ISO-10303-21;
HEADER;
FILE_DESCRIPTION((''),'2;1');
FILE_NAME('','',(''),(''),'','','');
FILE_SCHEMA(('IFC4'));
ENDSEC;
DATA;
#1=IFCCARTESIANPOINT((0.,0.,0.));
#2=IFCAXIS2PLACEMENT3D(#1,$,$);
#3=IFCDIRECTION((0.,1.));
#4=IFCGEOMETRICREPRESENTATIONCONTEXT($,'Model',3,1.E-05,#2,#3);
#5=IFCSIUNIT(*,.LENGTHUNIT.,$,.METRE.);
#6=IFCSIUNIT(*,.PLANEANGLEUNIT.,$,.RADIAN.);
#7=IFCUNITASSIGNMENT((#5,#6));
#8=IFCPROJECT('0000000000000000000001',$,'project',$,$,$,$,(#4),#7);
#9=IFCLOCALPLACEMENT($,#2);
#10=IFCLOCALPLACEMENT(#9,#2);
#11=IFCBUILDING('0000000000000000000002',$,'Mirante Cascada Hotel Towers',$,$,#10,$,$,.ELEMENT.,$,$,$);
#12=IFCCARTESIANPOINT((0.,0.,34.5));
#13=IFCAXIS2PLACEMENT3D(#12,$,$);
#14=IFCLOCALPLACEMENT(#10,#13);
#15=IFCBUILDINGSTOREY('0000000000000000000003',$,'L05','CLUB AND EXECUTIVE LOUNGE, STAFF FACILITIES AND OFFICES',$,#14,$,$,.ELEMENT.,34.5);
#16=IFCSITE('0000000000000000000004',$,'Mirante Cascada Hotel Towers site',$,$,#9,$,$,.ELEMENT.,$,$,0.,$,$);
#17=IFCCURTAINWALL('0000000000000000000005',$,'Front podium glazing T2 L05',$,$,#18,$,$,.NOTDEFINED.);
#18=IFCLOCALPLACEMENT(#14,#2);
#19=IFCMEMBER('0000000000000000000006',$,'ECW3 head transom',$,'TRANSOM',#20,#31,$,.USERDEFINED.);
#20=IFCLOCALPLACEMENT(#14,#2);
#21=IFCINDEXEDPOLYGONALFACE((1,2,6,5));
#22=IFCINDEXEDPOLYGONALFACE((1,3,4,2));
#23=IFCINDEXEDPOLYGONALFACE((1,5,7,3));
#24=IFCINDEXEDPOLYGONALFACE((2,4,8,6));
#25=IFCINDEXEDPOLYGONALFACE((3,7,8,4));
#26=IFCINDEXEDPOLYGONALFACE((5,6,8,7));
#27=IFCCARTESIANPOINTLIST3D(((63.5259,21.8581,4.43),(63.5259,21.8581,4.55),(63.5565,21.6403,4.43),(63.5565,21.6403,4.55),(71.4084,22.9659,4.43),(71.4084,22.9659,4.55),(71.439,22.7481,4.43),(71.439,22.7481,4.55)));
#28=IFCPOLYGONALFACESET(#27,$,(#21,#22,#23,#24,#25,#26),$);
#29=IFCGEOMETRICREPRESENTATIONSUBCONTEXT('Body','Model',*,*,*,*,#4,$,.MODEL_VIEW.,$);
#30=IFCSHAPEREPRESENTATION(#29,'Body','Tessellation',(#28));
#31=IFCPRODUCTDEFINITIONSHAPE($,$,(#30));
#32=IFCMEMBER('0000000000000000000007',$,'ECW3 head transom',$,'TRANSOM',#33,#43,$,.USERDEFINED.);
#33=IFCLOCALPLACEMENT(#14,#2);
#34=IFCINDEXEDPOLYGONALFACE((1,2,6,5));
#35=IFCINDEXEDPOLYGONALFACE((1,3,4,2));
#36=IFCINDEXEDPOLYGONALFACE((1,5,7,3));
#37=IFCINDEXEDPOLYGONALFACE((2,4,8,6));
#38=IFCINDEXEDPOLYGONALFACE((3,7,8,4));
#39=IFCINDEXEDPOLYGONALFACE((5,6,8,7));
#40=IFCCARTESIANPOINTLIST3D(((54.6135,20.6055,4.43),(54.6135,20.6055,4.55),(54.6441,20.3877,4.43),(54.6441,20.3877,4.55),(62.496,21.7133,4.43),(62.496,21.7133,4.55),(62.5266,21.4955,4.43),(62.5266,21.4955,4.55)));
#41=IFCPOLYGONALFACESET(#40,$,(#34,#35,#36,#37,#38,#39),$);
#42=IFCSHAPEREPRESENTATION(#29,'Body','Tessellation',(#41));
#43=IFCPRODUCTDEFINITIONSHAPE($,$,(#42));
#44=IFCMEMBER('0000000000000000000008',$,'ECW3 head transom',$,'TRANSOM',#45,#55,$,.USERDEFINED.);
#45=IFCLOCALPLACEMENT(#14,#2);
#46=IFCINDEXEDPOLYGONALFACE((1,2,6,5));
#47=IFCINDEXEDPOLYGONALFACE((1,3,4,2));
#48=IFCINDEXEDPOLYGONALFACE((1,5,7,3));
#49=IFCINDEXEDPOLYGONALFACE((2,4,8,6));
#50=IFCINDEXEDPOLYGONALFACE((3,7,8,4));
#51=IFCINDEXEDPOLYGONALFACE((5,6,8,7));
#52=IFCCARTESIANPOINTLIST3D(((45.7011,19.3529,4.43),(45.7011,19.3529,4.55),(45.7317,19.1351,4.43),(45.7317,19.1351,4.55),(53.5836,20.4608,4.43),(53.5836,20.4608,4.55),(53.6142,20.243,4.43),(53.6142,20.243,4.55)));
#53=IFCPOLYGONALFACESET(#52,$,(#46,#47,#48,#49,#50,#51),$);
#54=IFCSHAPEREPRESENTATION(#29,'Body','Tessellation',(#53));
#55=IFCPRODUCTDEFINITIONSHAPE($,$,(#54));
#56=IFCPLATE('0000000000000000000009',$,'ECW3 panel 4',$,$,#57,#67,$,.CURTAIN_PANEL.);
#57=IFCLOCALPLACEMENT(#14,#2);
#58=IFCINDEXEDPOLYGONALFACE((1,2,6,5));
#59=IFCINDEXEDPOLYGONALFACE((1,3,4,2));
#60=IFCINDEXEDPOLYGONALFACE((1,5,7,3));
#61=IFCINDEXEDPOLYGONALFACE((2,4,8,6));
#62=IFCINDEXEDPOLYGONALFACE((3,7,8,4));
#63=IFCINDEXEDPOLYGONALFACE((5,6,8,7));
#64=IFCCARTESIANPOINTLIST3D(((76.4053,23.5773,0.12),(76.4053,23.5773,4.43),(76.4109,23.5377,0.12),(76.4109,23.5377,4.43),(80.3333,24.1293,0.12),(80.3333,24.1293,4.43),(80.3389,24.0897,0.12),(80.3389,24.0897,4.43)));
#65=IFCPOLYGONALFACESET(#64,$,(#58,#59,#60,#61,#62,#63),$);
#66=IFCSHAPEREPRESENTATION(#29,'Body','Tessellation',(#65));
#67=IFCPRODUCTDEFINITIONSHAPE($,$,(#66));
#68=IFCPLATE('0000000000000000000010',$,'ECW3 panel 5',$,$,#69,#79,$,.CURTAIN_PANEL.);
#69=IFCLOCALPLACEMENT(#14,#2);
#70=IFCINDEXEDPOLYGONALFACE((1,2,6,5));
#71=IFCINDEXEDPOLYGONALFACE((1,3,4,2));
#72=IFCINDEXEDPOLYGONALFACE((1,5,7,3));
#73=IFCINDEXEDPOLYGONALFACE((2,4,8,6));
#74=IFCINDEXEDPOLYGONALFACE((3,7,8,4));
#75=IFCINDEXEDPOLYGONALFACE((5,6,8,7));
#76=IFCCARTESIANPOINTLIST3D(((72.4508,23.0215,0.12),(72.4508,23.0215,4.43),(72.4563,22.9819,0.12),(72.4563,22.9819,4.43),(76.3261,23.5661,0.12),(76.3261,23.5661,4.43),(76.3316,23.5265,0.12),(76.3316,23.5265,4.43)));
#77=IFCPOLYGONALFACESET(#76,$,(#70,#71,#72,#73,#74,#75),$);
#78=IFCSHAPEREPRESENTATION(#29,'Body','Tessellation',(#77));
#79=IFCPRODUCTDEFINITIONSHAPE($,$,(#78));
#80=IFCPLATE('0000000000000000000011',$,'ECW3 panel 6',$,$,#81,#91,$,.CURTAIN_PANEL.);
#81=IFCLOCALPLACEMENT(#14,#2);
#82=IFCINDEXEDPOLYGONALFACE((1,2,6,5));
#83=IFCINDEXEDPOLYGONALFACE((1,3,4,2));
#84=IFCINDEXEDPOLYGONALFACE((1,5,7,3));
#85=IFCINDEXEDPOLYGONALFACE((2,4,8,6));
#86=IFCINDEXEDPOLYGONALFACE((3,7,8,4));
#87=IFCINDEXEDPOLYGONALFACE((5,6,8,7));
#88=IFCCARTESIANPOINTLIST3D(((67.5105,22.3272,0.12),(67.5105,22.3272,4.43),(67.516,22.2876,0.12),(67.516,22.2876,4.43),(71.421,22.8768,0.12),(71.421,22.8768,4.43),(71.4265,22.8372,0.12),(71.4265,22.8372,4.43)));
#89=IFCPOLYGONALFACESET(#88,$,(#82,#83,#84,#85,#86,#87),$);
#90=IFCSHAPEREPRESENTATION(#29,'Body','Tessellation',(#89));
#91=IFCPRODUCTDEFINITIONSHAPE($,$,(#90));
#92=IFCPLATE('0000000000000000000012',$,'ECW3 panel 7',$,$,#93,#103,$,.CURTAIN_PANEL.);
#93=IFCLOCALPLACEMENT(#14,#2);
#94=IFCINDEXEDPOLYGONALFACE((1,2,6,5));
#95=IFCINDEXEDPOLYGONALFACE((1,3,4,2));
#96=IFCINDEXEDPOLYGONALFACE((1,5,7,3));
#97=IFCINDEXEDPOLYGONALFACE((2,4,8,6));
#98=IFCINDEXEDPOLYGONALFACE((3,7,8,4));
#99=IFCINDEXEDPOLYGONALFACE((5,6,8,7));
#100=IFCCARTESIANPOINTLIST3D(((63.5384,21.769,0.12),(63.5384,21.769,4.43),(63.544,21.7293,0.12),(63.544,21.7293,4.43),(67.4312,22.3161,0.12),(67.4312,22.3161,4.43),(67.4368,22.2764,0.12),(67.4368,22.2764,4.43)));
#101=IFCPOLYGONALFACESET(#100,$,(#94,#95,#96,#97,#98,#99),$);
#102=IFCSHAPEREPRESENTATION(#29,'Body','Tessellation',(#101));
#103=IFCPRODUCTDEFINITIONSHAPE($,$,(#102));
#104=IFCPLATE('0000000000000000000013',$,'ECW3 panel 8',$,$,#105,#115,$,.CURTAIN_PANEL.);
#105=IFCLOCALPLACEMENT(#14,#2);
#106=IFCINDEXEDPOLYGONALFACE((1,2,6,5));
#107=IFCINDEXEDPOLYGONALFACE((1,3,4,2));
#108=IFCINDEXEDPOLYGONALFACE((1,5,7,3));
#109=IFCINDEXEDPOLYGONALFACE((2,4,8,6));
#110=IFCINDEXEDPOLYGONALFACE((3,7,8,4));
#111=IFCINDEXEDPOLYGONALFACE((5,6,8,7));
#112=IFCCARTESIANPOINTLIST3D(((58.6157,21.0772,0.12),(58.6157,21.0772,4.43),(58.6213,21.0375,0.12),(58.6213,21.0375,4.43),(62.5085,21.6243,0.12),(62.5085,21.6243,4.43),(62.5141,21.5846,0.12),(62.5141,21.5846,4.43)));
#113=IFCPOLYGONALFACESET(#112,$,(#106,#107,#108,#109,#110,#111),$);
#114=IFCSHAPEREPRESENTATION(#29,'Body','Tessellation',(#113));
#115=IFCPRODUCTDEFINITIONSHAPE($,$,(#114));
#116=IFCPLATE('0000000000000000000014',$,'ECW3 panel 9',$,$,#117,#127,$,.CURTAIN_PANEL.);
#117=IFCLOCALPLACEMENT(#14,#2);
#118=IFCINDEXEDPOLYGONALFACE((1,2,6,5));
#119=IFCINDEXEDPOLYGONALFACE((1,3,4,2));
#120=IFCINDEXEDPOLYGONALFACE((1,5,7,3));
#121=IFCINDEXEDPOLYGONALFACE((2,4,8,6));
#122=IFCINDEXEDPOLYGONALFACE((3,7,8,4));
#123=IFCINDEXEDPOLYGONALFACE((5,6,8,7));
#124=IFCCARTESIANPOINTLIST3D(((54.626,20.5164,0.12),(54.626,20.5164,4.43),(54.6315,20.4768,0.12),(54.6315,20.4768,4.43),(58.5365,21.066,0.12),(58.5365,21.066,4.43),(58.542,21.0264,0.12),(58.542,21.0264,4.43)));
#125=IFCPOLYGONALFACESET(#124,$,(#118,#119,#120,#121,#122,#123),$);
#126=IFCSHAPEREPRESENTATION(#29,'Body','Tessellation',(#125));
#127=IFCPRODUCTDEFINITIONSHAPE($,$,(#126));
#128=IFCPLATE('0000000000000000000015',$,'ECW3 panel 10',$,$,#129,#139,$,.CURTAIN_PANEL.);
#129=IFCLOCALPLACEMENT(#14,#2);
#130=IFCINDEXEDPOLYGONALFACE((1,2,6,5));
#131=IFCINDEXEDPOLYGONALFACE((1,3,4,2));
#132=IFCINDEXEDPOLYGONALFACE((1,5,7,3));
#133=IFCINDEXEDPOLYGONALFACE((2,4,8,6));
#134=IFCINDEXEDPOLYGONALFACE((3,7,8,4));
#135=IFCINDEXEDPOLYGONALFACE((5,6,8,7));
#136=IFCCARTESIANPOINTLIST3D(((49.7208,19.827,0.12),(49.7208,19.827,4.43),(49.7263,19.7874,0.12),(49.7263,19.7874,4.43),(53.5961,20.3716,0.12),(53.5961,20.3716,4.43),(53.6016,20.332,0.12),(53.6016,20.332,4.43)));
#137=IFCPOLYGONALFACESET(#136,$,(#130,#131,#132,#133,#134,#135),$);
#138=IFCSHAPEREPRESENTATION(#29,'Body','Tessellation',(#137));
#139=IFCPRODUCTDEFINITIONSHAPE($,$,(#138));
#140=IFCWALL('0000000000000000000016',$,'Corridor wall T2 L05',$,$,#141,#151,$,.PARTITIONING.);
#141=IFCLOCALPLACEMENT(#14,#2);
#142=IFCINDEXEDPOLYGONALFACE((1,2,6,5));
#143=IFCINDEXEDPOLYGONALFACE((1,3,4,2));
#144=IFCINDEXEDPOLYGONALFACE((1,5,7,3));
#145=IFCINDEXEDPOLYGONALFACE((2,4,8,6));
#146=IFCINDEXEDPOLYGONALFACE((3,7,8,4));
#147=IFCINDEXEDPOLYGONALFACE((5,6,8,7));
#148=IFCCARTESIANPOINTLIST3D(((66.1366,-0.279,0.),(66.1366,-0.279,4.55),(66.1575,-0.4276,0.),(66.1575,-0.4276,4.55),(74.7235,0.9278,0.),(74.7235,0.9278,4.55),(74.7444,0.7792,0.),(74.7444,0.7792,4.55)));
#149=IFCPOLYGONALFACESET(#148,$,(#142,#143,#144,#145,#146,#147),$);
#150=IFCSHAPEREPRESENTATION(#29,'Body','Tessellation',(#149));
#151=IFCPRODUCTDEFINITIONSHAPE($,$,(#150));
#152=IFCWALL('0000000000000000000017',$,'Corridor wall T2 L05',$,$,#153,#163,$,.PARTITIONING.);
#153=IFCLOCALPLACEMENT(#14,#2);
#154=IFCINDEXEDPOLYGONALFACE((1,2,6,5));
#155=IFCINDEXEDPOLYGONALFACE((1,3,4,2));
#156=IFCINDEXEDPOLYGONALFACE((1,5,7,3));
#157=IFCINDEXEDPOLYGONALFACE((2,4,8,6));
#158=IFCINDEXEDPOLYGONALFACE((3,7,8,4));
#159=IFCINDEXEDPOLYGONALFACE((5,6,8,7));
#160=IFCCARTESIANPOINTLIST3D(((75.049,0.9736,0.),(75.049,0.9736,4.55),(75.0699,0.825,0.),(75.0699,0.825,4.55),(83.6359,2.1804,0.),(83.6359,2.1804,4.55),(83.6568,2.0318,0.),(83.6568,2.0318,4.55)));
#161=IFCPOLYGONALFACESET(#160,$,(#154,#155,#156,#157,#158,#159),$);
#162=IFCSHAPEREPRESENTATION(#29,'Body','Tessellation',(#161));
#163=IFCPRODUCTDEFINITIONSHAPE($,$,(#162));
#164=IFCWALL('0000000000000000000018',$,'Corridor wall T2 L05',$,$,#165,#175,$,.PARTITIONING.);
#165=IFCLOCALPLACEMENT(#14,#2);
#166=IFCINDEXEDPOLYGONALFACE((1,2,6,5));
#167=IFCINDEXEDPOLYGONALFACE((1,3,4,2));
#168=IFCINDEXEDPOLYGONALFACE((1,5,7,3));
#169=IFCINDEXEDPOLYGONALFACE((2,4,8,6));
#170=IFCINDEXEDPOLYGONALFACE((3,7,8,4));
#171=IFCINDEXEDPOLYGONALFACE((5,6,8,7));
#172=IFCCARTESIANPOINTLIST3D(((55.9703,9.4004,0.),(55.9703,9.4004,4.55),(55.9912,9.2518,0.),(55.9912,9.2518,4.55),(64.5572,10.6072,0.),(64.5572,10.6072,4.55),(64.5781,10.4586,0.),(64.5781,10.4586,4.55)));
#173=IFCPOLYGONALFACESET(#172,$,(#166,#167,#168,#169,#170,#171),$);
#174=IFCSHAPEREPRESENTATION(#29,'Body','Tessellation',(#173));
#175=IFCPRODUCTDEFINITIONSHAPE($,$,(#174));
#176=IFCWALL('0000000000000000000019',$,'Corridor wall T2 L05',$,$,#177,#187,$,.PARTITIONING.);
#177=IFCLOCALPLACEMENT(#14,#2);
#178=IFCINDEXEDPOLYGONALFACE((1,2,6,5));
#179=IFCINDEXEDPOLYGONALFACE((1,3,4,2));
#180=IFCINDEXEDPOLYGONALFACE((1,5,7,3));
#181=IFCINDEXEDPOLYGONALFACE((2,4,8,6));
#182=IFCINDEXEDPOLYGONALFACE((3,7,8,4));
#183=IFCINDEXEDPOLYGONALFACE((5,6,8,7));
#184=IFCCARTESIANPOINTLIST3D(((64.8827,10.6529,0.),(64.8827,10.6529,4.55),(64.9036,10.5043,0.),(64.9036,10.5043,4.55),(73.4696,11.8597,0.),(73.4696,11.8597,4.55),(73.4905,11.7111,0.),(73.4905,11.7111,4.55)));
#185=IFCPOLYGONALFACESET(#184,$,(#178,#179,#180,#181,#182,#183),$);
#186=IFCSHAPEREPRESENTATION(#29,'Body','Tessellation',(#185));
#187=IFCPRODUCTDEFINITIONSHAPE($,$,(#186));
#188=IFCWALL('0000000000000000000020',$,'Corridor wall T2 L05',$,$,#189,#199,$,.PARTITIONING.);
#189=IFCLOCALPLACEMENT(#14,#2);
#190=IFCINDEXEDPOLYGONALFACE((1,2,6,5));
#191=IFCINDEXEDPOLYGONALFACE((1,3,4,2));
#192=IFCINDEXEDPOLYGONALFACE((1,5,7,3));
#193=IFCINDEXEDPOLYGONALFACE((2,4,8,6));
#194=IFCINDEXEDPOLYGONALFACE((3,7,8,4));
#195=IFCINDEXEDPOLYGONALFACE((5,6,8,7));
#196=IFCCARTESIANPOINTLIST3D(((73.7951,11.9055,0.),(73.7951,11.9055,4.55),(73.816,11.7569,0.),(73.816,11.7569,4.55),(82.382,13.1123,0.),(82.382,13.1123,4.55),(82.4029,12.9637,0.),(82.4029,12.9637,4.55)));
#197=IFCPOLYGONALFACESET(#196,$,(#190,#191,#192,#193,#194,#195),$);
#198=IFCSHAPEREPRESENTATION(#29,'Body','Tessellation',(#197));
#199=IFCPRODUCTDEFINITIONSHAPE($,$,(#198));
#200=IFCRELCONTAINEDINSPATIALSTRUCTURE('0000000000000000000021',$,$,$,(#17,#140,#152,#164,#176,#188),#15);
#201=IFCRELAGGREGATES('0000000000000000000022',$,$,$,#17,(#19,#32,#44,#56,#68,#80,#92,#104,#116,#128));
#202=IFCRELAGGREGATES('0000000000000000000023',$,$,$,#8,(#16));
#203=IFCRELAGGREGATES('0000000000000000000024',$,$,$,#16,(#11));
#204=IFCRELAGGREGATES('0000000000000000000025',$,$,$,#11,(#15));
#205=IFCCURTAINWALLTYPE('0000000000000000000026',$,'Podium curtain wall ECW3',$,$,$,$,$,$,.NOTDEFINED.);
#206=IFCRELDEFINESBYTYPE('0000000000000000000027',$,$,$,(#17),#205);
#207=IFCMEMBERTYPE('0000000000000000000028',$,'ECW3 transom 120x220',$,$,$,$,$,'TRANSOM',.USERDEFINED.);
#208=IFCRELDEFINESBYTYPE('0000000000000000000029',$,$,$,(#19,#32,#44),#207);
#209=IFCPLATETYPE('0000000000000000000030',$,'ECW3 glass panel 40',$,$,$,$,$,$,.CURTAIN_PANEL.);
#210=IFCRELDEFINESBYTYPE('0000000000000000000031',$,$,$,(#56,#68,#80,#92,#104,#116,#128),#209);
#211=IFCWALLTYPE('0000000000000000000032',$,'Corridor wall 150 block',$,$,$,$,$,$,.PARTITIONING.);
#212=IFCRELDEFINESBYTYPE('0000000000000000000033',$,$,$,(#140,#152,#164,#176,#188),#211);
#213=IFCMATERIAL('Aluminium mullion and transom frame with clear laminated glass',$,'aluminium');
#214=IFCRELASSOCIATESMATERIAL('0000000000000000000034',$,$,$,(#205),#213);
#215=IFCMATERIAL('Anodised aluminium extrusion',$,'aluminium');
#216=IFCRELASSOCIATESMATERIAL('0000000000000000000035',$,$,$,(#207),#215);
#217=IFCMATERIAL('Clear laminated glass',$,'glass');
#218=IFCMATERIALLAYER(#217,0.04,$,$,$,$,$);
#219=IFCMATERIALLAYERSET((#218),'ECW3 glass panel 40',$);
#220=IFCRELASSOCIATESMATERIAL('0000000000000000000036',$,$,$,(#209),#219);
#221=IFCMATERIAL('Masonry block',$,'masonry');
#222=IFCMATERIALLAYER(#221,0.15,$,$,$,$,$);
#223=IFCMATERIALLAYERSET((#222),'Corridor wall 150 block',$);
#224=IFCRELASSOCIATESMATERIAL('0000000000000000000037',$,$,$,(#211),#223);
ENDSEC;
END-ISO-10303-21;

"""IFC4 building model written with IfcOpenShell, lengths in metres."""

from ifc_helpers import new_model, si_unit, direction, frame, frame_2d, origin, origin_2d, place, context, subcontext, project, spatial, rectangle, extrude, material, layer, layer_set, material_profile, profile_set, type_object, element, aggregate, save


model = new_model("IFC4")

# Units and contexts
model_context = context("Model", 3, precision=1e-05, world=origin(), true_north=direction((0.0, 1.0)))
body_context = subcontext(model_context, "Body", "Model", "MODEL_VIEW")
ifc_project = project(units=[si_unit("LENGTHUNIT", "METRE"), si_unit("PLANEANGLEUNIT", "RADIAN")], contexts=[model_context])

# Site, building, storey
site_placement = place(None, origin())
site = spatial("IfcSite", under=ifc_project, at=site_placement, Name="Mirante Cascada Hotel Towers site", CompositionType="ELEMENT", RefElevation=0.0)
building_placement = place(site_placement, origin())
building = spatial("IfcBuilding", under=site, at=building_placement, Name="Mirante Cascada Hotel Towers", CompositionType="ELEMENT")
storey_placement = place(building_placement, frame((0.0, 0.0, 34.5)))
storey = spatial("IfcBuildingStorey", under=building, at=storey_placement, Name="L05", Description="CLUB AND EXECUTIVE LOUNGE, STAFF FACILITIES AND OFFICES", CompositionType="ELEMENT", Elevation=34.5)

# Curtain wall, members, plates
ifc_material_1 = material(Name="Aluminium mullion and transom frame with clear laminated glass", Category="aluminium")
curtain_wall_type = type_object("IfcCurtainWallType", Name="Podium curtain wall ECW3", PredefinedType="NOTDEFINED", material=ifc_material_1)
curtain_wall_placement = place(storey_placement, origin())
curtain_wall = element("IfcCurtainWall", 1, at=curtain_wall_placement, inside=storey, type_object=curtain_wall_type, Name="Front podium glazing T2 L05", PredefinedType="NOTDEFINED")
ifc_material_2 = material(Name="Anodised aluminium extrusion", Category="aluminium")
ifc_material_profile_1 = material_profile(ifc_material_2, rectangle(XDim=0.22, YDim=0.12, at=origin_2d()), Name="ECW3 TRANSOM 120x220")
ifc_profile_set_1 = profile_set([ifc_material_profile_1], Name="Anodised aluminium extrusion")
member_type_1 = type_object("IfcMemberType", Name="ECW3 transom 120x220", ElementType="TRANSOM", PredefinedType="USERDEFINED", material=ifc_profile_set_1)
member_1_placement = place(storey_placement, frame((71.4237, 22.857, 4.49), z_axis=(-0.990268, -0.139172, 0.0), x_axis=(0.139172, -0.990268, 0.0)))
member_1 = element("IfcMember", 2, at=member_1_placement, type_object=member_type_1, Name="ECW3 head transom", ObjectType="TRANSOM", PredefinedType="USERDEFINED", context=body_context, shape_type="SweptSolid", body=[
    extrude(rectangle(XDim=0.22, YDim=0.12, at=origin_2d()), origin(), (0.0, 0.0, 1.0), 7.96),
])
member_2_placement = place(storey_placement, frame((62.5113, 21.6044, 4.49), z_axis=(-0.990268, -0.139172, 0.0), x_axis=(0.139172, -0.990268, 0.0)))
member_2 = element("IfcMember", 3, at=member_2_placement, type_object=member_type_1, Name="ECW3 head transom", ObjectType="TRANSOM", PredefinedType="USERDEFINED", context=body_context, shape_type="SweptSolid", body=[
    extrude(rectangle(XDim=0.22, YDim=0.12, at=origin_2d()), origin(), (0.0, 0.0, 1.0), 7.96),
])
member_3_placement = place(storey_placement, frame((53.5989, 20.3519, 4.49), z_axis=(-0.990267, -0.139184, 0.0), x_axis=(0.139184, -0.990267, 0.0)))
member_3 = element("IfcMember", 4, at=member_3_placement, type_object=member_type_1, Name="ECW3 head transom", ObjectType="TRANSOM", PredefinedType="USERDEFINED", context=body_context, shape_type="SweptSolid", body=[
    extrude(rectangle(XDim=0.22, YDim=0.12, at=origin_2d()), origin(), (0.0, 0.0, 1.0), 7.96),
])
ifc_material_3 = material(Name="Clear laminated glass", Category="glass")
ifc_layer_1 = layer(ifc_material_3, 0.04)
ifc_layer_set_1 = layer_set([ifc_layer_1], Name="ECW3 glass panel 40")
plate_type = type_object("IfcPlateType", Name="ECW3 glass panel 40", PredefinedType="CURTAIN_PANEL", material=ifc_layer_set_1)
plate_1_placement = place(storey_placement, frame((78.3721, 23.8335, 0.12), z_axis=(0.0, 0.0, 1.0), x_axis=(-0.990268, -0.139173, 0.0)))
plate_1 = element("IfcPlate", 5, at=plate_1_placement, type_object=plate_type, Name="ECW3 panel 4", PredefinedType="CURTAIN_PANEL", context=body_context, shape_type="SweptSolid", body=[
    extrude(rectangle(XDim=3.9666, YDim=0.04, at=origin_2d()), origin(), (0.0, 0.0, 1.0), 4.31),
])
plate_2_placement = place(storey_placement, frame((74.3912, 23.274, 0.12), z_axis=(0.0, 0.0, 1.0), x_axis=(-0.990268, -0.139173, 0.0)))
plate_2 = element("IfcPlate", 6, at=plate_2_placement, type_object=plate_type, Name="ECW3 panel 5", PredefinedType="CURTAIN_PANEL", context=body_context, shape_type="SweptSolid", body=[
    extrude(rectangle(XDim=3.9134, YDim=0.04, at=origin_2d()), origin(), (0.0, 0.0, 1.0), 4.31),
])
plate_3_placement = place(storey_placement, frame((69.4685, 22.5822, 0.12), z_axis=(0.0, 0.0, 1.0), x_axis=(-0.990268, -0.139173, 0.0)))
plate_3 = element("IfcPlate", 7, at=plate_3_placement, type_object=plate_type, Name="ECW3 panel 6", PredefinedType="CURTAIN_PANEL", context=body_context, shape_type="SweptSolid", body=[
    extrude(rectangle(XDim=3.9489, YDim=0.04, at=origin_2d()), origin(), (0.0, 0.0, 1.0), 4.31),
])
plate_4_placement = place(storey_placement, frame((65.4876, 22.0227, 0.12), z_axis=(0.0, 0.0, 1.0), x_axis=(-0.990268, -0.139173, 0.0)))
plate_4 = element("IfcPlate", 8, at=plate_4_placement, type_object=plate_type, Name="ECW3 panel 7", PredefinedType="CURTAIN_PANEL", context=body_context, shape_type="SweptSolid", body=[
    extrude(rectangle(XDim=3.9311, YDim=0.04, at=origin_2d()), origin(), (0.0, 0.0, 1.0), 4.31),
])
plate_5_placement = place(storey_placement, frame((60.5649, 21.3309, 0.12), z_axis=(0.0, 0.0, 1.0), x_axis=(-0.990268, -0.139173, 0.0)))
plate_5 = element("IfcPlate", 9, at=plate_5_placement, type_object=plate_type, Name="ECW3 panel 8", PredefinedType="CURTAIN_PANEL", context=body_context, shape_type="SweptSolid", body=[
    extrude(rectangle(XDim=3.9311, YDim=0.04, at=origin_2d()), origin(), (0.0, 0.0, 1.0), 4.31),
])
plate_6_placement = place(storey_placement, frame((56.584, 20.7714, 0.12), z_axis=(0.0, 0.0, 1.0), x_axis=(-0.990268, -0.139173, 0.0)))
plate_6 = element("IfcPlate", 10, at=plate_6_placement, type_object=plate_type, Name="ECW3 panel 9", PredefinedType="CURTAIN_PANEL", context=body_context, shape_type="SweptSolid", body=[
    extrude(rectangle(XDim=3.9489, YDim=0.04, at=origin_2d()), origin(), (0.0, 0.0, 1.0), 4.31),
])
plate_7_placement = place(storey_placement, frame((51.6612, 20.0795, 0.12), z_axis=(0.0, 0.0, 1.0), x_axis=(-0.990268, -0.139173, 0.0)))
plate_7 = element("IfcPlate", 11, at=plate_7_placement, type_object=plate_type, Name="ECW3 panel 10", PredefinedType="CURTAIN_PANEL", context=body_context, shape_type="SweptSolid", body=[
    extrude(rectangle(XDim=3.9134, YDim=0.04, at=origin_2d()), origin(), (0.0, 0.0, 1.0), 4.31),
])
aggregate(curtain_wall, [member_1, member_2, member_3, plate_1, plate_2, plate_3, plate_4, plate_5, plate_6, plate_7])

# Walls
ifc_material_4 = material(Name="Masonry block", Category="masonry")
ifc_layer_2 = layer(ifc_material_4, 0.15)
ifc_layer_set_2 = layer_set([ifc_layer_2], Name="Corridor wall 150 block")
wall_type_1 = type_object("IfcWallType", Name="Corridor wall 150 block", PredefinedType="PARTITIONING", material=ifc_layer_set_2)
for number, where, z_axis, x_axis, name in (
    (12, (66.1471, -0.3533, 0.0), (0.0, 0.0, 1.0), (0.990268, 0.139172, 0.0), "Corridor wall T2 L05"),
    (13, (75.0595, 0.8993, 0.0), (0.0, 0.0, 1.0), (0.990268, 0.139172, 0.0), "Corridor wall T2 L05"),
    (14, (55.9808, 9.3261, 0.0), (0.0, 0.0, 1.0), (0.990268, 0.139172, 0.0), "Corridor wall T2 L05"),
    (15, (64.8932, 10.5786, 0.0), (0.0, 0.0, 1.0), (0.990268, 0.139172, 0.0), "Corridor wall T2 L05"),
    (16, (73.8056, 11.8312, 0.0), (0.0, 0.0, 1.0), (0.990268, 0.139172, 0.0), "Corridor wall T2 L05"),
):
    element("IfcWall", number, at=place(storey_placement, frame(where, z_axis=z_axis, x_axis=x_axis)), inside=storey, type_object=wall_type_1, Name=name, PredefinedType="PARTITIONING", context=body_context, shape_type="SweptSolid", body=[
        extrude(rectangle(XDim=8.6713, YDim=0.15, at=frame_2d((4.3356, 0.0))), origin(), (0.0, 0.0, 1.0), 4.55),
    ])

save(model, "model.ifc")
